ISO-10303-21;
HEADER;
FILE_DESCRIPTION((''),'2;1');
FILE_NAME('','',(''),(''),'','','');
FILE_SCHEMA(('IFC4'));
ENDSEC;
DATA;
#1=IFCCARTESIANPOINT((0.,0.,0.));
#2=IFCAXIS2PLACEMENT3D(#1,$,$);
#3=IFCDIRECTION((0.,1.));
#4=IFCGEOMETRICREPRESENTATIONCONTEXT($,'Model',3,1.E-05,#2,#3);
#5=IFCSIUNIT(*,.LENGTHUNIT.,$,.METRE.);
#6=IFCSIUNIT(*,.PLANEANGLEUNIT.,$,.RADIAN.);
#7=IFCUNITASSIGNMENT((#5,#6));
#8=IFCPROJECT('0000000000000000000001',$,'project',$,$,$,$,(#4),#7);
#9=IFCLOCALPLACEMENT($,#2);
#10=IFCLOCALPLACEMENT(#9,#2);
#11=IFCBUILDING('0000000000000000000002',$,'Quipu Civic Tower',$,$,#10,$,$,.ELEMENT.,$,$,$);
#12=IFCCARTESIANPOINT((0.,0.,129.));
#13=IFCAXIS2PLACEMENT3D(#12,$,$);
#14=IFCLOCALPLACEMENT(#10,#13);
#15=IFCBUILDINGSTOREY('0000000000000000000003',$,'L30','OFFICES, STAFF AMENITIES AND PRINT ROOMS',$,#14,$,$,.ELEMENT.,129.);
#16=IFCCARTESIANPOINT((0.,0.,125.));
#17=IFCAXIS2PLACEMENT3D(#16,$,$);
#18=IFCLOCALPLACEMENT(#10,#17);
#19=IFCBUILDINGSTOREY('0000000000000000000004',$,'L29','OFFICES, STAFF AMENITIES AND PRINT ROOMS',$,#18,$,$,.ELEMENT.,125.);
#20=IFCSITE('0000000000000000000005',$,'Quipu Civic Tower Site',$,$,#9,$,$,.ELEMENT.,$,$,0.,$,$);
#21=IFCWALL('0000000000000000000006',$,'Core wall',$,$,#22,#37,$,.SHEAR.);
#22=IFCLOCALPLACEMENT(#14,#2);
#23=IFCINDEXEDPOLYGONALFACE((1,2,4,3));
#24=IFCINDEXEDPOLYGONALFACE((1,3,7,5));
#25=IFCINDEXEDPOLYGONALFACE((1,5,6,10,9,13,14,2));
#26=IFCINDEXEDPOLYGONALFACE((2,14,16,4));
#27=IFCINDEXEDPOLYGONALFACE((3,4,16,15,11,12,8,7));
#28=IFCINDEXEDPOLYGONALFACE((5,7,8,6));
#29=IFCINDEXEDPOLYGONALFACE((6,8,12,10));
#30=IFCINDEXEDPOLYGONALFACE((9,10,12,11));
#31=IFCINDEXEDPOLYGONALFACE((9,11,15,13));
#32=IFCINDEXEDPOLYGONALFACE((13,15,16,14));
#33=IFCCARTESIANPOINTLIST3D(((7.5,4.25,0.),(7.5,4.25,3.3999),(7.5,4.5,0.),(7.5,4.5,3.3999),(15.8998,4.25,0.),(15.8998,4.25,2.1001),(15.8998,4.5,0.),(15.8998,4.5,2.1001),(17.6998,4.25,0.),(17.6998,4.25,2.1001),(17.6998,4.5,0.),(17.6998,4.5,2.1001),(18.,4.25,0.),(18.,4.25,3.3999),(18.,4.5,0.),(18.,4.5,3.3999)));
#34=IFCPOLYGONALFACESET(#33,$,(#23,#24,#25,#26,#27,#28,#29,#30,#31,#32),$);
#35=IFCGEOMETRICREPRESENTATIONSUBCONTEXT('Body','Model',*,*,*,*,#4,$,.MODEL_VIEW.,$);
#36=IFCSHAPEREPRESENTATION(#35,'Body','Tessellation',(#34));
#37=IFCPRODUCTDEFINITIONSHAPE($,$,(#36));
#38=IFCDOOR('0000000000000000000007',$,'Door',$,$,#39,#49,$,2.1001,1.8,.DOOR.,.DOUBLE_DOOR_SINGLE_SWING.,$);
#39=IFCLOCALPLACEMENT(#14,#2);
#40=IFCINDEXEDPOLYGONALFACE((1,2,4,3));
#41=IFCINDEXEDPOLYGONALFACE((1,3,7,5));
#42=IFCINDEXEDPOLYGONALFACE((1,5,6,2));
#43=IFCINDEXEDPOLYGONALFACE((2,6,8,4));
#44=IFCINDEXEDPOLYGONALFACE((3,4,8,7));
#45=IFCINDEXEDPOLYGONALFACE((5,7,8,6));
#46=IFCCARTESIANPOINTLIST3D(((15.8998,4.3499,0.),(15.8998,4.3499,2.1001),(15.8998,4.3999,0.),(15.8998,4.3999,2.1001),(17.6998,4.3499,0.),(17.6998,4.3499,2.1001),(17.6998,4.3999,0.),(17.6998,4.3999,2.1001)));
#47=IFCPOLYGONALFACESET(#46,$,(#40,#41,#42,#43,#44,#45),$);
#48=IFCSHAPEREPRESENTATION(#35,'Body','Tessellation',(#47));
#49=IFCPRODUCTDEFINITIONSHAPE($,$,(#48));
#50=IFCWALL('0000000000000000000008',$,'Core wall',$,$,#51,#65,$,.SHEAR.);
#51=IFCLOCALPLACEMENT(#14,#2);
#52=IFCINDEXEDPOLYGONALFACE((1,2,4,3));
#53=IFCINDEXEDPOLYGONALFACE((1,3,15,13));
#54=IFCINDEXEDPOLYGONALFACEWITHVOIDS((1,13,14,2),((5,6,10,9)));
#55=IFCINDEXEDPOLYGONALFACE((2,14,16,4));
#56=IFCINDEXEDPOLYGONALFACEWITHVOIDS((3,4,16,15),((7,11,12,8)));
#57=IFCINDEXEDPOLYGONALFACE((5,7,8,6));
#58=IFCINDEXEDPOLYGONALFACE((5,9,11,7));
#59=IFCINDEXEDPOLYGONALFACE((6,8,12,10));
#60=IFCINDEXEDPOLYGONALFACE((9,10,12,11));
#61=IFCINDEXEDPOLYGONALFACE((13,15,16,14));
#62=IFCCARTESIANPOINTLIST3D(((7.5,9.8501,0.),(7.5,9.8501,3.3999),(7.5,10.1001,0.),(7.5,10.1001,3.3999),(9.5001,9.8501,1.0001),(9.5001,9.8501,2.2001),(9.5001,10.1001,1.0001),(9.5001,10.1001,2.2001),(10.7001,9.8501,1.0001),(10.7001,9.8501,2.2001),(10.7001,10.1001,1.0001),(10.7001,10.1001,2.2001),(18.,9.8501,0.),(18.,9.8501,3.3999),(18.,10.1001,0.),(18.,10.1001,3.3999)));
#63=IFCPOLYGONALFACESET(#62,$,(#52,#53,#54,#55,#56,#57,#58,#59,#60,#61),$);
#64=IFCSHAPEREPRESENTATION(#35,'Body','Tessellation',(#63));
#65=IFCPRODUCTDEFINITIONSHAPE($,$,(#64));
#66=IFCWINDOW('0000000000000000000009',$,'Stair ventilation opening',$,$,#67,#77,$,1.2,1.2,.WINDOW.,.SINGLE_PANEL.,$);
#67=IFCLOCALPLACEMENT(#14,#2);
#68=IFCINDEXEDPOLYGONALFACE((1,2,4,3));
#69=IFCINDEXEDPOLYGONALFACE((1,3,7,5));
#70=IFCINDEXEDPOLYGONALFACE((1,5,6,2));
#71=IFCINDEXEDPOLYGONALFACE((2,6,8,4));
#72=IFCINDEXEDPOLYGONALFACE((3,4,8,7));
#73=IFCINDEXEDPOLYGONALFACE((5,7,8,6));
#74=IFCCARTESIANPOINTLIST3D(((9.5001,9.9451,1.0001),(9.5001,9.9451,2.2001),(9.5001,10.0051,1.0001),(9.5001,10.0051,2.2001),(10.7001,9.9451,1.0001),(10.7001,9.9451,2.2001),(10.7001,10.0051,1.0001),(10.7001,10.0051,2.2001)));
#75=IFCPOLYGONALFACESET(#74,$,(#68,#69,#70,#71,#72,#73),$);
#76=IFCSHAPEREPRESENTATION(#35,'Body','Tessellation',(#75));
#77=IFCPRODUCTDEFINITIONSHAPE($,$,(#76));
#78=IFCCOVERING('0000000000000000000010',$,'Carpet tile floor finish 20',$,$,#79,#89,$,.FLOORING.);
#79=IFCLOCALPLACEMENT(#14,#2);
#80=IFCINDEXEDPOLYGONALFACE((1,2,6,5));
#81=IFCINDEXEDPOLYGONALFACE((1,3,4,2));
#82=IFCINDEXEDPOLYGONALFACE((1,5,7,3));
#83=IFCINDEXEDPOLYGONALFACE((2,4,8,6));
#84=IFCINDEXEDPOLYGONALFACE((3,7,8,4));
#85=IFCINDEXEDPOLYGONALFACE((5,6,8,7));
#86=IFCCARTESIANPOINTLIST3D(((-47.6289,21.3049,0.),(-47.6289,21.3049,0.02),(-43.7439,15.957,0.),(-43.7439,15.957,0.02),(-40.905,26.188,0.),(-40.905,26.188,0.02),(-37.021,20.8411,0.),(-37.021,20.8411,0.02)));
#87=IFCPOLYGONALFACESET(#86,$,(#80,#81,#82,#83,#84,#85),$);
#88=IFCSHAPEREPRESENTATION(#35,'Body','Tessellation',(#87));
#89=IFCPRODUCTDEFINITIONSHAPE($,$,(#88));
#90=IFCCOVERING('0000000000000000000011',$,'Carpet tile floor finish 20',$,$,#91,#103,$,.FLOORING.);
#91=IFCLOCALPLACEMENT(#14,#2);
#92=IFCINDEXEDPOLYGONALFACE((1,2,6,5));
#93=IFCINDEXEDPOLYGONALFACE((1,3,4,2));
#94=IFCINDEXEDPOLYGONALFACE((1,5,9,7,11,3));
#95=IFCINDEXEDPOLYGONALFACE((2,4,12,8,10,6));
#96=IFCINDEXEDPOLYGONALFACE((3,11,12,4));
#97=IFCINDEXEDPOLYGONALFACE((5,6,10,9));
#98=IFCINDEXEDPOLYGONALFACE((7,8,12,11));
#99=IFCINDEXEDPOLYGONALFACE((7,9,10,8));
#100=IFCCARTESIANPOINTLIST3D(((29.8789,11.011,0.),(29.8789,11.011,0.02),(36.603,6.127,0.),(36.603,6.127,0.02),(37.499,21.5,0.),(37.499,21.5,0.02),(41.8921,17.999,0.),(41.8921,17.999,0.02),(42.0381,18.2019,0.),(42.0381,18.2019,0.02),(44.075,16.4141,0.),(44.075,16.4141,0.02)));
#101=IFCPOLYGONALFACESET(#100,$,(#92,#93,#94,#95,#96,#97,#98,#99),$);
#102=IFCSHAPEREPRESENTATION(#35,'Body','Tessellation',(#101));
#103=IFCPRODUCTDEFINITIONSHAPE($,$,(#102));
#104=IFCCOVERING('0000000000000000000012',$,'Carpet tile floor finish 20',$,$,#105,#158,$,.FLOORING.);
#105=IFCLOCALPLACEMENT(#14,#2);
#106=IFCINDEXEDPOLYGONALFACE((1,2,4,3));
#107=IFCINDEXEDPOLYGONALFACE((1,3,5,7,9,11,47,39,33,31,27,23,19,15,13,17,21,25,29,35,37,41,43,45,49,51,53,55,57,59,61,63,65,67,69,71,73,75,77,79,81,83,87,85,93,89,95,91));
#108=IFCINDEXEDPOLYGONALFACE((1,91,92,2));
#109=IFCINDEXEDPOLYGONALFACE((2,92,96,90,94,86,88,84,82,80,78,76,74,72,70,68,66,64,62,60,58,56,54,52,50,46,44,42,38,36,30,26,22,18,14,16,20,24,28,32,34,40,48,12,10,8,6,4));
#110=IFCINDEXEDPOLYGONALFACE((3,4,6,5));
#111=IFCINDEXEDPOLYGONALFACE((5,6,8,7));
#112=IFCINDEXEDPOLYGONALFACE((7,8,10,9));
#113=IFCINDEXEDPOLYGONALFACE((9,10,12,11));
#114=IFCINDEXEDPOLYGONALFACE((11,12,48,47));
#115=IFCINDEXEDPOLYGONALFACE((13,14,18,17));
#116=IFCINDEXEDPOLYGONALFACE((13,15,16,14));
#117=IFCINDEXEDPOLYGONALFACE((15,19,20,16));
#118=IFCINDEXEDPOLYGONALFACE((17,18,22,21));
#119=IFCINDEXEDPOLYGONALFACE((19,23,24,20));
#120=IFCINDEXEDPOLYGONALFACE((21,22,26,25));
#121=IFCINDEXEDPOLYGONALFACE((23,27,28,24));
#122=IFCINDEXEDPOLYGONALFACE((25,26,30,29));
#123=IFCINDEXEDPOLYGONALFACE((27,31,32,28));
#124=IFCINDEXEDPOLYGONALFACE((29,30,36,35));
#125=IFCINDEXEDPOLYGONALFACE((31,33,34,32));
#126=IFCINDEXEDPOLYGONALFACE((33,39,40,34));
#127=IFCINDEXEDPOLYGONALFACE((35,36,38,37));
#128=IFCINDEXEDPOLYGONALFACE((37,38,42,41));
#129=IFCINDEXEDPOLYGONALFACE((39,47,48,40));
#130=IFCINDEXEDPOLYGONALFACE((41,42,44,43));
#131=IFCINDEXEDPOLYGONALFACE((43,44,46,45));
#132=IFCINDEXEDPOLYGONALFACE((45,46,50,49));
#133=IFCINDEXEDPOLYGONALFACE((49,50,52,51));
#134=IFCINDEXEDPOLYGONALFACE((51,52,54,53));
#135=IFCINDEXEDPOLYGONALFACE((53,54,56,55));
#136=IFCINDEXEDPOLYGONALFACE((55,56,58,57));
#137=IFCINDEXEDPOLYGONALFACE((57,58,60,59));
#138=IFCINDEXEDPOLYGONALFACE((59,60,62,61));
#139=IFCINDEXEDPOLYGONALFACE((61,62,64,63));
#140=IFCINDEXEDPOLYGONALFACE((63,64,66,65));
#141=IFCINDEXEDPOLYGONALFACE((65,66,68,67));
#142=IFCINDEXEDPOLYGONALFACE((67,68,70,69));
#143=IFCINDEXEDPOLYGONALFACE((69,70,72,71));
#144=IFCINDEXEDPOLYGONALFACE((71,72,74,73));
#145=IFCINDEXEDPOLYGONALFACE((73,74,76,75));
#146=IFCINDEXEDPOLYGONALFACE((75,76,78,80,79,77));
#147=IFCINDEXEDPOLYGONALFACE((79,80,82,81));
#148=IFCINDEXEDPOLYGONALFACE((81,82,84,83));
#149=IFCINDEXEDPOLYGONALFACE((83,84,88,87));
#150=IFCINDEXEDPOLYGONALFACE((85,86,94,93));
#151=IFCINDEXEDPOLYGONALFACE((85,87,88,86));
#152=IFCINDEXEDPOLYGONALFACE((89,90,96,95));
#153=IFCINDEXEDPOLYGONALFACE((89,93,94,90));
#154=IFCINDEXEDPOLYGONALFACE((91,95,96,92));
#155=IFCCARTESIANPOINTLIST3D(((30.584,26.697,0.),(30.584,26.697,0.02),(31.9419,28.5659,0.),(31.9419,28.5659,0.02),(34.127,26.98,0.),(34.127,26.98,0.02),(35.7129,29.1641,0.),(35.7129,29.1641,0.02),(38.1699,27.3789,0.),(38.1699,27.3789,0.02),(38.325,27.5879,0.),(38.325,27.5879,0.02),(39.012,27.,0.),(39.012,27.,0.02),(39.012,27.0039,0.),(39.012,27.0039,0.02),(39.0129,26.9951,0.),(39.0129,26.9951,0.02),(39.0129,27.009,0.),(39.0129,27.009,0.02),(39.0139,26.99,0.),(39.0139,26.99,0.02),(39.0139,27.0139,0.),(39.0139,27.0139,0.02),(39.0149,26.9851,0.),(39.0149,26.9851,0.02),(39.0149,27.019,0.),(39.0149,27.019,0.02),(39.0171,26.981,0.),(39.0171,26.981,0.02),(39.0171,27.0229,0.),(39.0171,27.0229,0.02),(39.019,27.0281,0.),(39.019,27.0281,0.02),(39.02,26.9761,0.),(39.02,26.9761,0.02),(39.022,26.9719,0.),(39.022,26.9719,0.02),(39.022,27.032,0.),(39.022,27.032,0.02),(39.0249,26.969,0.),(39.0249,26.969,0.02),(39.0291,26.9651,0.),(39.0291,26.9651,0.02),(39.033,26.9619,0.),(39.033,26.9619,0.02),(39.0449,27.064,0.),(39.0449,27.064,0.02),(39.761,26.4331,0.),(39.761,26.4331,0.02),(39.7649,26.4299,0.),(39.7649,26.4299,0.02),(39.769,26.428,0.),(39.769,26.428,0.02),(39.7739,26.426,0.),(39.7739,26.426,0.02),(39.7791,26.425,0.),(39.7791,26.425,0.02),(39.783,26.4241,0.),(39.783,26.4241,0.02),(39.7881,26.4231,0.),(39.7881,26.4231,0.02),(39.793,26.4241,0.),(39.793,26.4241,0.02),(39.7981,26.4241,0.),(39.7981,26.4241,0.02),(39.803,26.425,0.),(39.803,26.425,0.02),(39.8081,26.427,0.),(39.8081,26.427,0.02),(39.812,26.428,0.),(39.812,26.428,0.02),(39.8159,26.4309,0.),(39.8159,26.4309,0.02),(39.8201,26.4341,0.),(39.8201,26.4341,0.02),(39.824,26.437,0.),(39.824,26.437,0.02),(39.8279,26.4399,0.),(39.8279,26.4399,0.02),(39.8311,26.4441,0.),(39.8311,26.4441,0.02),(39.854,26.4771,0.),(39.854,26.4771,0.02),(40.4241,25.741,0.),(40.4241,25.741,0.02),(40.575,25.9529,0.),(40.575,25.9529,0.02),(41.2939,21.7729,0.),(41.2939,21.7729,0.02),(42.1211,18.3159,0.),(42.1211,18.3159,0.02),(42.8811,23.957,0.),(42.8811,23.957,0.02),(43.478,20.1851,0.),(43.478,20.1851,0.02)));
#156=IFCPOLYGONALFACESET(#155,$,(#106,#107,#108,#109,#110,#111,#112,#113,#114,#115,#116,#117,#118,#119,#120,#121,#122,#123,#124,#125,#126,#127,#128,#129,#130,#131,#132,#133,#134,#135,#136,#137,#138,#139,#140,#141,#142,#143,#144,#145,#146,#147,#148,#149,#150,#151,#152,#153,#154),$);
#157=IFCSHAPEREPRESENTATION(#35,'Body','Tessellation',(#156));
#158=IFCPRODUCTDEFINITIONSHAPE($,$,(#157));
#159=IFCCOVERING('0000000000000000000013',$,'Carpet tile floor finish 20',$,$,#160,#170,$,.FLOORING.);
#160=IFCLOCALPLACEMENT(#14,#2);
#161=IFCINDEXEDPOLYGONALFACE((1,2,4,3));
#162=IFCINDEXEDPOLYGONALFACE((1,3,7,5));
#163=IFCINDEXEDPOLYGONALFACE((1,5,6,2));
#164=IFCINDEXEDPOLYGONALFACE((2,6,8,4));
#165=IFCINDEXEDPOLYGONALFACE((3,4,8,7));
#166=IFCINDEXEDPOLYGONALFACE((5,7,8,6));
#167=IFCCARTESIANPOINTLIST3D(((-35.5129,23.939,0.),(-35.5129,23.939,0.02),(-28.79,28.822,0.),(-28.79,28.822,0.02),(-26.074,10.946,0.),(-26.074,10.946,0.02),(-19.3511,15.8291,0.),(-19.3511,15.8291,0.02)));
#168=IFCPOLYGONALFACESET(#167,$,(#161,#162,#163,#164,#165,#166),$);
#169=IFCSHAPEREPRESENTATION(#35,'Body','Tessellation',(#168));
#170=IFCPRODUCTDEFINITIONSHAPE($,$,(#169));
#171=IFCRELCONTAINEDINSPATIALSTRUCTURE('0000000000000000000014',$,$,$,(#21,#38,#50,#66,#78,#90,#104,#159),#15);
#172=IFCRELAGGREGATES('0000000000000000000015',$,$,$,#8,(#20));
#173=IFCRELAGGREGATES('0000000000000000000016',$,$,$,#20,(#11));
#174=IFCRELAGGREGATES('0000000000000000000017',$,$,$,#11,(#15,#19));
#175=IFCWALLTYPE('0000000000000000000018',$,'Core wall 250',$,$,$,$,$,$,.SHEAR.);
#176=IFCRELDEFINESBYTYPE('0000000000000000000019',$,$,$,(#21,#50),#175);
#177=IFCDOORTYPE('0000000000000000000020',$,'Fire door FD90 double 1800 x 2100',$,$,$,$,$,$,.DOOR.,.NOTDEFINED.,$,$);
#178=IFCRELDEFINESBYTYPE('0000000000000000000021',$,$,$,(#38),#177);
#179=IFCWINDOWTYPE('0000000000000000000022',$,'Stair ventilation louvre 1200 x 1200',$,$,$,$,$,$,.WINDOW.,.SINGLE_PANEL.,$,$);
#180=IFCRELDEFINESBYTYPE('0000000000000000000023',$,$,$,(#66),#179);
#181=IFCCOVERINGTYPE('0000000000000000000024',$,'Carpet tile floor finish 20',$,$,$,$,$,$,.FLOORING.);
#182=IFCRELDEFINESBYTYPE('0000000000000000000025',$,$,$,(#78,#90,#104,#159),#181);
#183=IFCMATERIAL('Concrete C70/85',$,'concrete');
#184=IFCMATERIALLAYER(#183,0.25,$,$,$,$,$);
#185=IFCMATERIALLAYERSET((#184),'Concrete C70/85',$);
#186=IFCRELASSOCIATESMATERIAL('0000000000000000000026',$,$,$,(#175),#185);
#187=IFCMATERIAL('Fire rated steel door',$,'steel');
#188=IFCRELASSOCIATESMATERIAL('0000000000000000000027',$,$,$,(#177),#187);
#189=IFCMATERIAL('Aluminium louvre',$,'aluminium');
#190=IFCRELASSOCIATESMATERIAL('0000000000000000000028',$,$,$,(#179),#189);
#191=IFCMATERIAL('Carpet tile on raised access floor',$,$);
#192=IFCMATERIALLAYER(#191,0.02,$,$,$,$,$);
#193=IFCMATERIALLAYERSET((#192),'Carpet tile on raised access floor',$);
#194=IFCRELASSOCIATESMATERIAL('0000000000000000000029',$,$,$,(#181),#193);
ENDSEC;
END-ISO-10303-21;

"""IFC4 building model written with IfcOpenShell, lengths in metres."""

from ifc_helpers import new_model, si_unit, direction, frame, frame_2d, origin, place, context, subcontext, project, spatial, polyline, rectangle, outline, extrude, material, layer, layer_set, type_object, element, fill, save


model = new_model("IFC4")

# Units and contexts
model_context = context("Model", 3, precision=1e-05, world=origin(), true_north=direction((0.0, 1.0)))
body_context = subcontext(model_context, "Body", "Model", "MODEL_VIEW")
ifc_project = project(units=[si_unit("LENGTHUNIT", "METRE"), si_unit("PLANEANGLEUNIT", "RADIAN")], contexts=[model_context])

# Site, building, storey
site_placement = place(None, origin())
site = spatial("IfcSite", under=ifc_project, at=site_placement, Name="Quipu Civic Tower Site", CompositionType="ELEMENT", RefElevation=0.0)
building_placement = place(site_placement, origin())
building = spatial("IfcBuilding", under=site, at=building_placement, Name="Quipu Civic Tower", CompositionType="ELEMENT")
storey_1_placement = place(building_placement, frame((0.0, 0.0, 129.0)))
storey_1 = spatial("IfcBuildingStorey", under=building, at=storey_1_placement, Name="L30", Description="OFFICES, STAFF AMENITIES AND PRINT ROOMS", CompositionType="ELEMENT", Elevation=129.0)

# Shared definitions
storey_2_placement = place(building_placement, frame((0.0, 0.0, 125.0)))
storey_2 = spatial("IfcBuildingStorey", under=building, at=storey_2_placement, Name="L29", Description="OFFICES, STAFF AMENITIES AND PRINT ROOMS", CompositionType="ELEMENT", Elevation=125.0)

# Wall, opening, door
ifc_material_1 = material(Name="Concrete C70/85", Category="concrete")
ifc_layer_1 = layer(ifc_material_1, 0.25)
ifc_layer_set_1 = layer_set([ifc_layer_1], Name="Concrete C70/85")
wall_type_1 = type_object("IfcWallType", Name="Core wall 250", PredefinedType="SHEAR", material=ifc_layer_set_1)
wall_1_placement = place(storey_1_placement, frame((7.5, 4.375, 0.0), z_axis=(0.0, 0.0, 1.0), x_axis=(1.0, 0.0, 0.0)))
wall_1 = element("IfcWall", 1, at=wall_1_placement, inside=storey_1, type_object=wall_type_1, Name="Core wall", PredefinedType="SHEAR", context=body_context, shape_type="SweptSolid", body=[
    extrude(rectangle(XDim=10.5, YDim=0.25, at=frame_2d((5.25, 0.0))), origin(), (0.0, 0.0, 1.0), 3.3999),
])
opening_1_placement = place(wall_1_placement, frame((8.3999, 0.0, 0.0)))
opening_1 = element("IfcOpeningElement", 2, at=opening_1_placement, cuts=wall_1, PredefinedType="OPENING", context=body_context, shape_type="SweptSolid", body=[
    extrude(rectangle(XDim=1.8, YDim=2.1001, at=frame_2d((0.8999, 1.05))), frame((0.0, 0.135, 0.0), z_axis=(0.0, -1.0, 0.0), x_axis=(1.0, 0.0, 0.0)), (0.0, 0.0, 1.0), 0.27),
])
ifc_material_2 = material(Name="Fire rated steel door", Category="steel")
door_type = type_object("IfcDoorType", Name="Fire door FD90 double 1800 x 2100", OperationType="NOTDEFINED", PredefinedType="DOOR", material=ifc_material_2)
door_placement = place(opening_1_placement, origin())
door = element("IfcDoor", 3, at=door_placement, inside=storey_1, type_object=door_type, Name="Door", OperationType="DOUBLE_DOOR_SINGLE_SWING", OverallHeight=2.1001, OverallWidth=1.8, PredefinedType="DOOR", context=body_context, shape_type="SweptSolid", body=[
    extrude(rectangle(XDim=1.8, YDim=2.1001, at=frame_2d((0.8999, 1.05))), frame((0.0, 0.0249, 0.0), z_axis=(0.0, -1.0, 0.0), x_axis=(1.0, 0.0, 0.0)), (0.0, 0.0, 1.0), 0.05),
])
fill(opening_1, door)

# Wall, opening, window
wall_2_placement = place(storey_1_placement, frame((7.5, 9.9751, 0.0), z_axis=(0.0, 0.0, 1.0), x_axis=(1.0, 0.0, 0.0)))
wall_2 = element("IfcWall", 4, at=wall_2_placement, inside=storey_1, type_object=wall_type_1, Name="Core wall", PredefinedType="SHEAR", context=body_context, shape_type="SweptSolid", body=[
    extrude(rectangle(XDim=10.5, YDim=0.25, at=frame_2d((5.25, 0.0))), origin(), (0.0, 0.0, 1.0), 3.3999),
])
opening_2_placement = place(wall_2_placement, frame((2.0, 0.0, 1.0)))
opening_2 = element("IfcOpeningElement", 5, at=opening_2_placement, cuts=wall_2, PredefinedType="OPENING", context=body_context, shape_type="SweptSolid", body=[
    extrude(rectangle(XDim=1.2, YDim=1.2, at=frame_2d((0.6001, 0.6001))), frame((0.0, 0.135, 0.0), z_axis=(0.0, -1.0, 0.0), x_axis=(1.0, 0.0, 0.0)), (0.0, 0.0, 1.0), 0.27),
])
ifc_material_3 = material(Name="Aluminium louvre", Category="aluminium")
window_type = type_object("IfcWindowType", Name="Stair ventilation louvre 1200 x 1200", PartitioningType="SINGLE_PANEL", PredefinedType="WINDOW", material=ifc_material_3)
window_placement = place(opening_2_placement, origin())
window = element("IfcWindow", 6, at=window_placement, inside=storey_1, type_object=window_type, Name="Stair ventilation opening", OverallHeight=1.2, OverallWidth=1.2, PartitioningType="SINGLE_PANEL", PredefinedType="WINDOW", context=body_context, shape_type="SweptSolid", body=[
    extrude(rectangle(XDim=1.2, YDim=1.2, at=frame_2d((0.6001, 0.6001))), frame((0.0, 0.03, 0.0), z_axis=(0.0, -1.0, 0.0), x_axis=(1.0, 0.0, 0.0)), (0.0, 0.0, 1.0), 0.0601),
])
fill(opening_2, window)

# Coverings
ifc_material_4 = material(Name="Carpet tile on raised access floor")
ifc_layer_2 = layer(ifc_material_4, 0.02)
ifc_layer_set_2 = layer_set([ifc_layer_2], Name="Carpet tile on raised access floor")
covering_type_1 = type_object("IfcCoveringType", Name="Carpet tile floor finish 20", PredefinedType="FLOORING", material=ifc_layer_set_2)
covering_1_placement = place(storey_1_placement, origin())
element("IfcCovering", 7, at=covering_1_placement, inside=storey_1, type_object=covering_type_1, Name="Carpet tile floor finish 20", PredefinedType="FLOORING", context=body_context, shape_type="SweptSolid", body=[
    extrude(outline(polyline([(-47.6289, 21.3049), (-40.905, 26.188), (-37.021, 20.8411), (-43.7439, 15.957), (-47.6289, 21.3049)])), origin(), (0.0, 0.0, 1.0), 0.02),
])
covering_2_placement = place(storey_1_placement, origin())
element("IfcCovering", 8, at=covering_2_placement, inside=storey_1, type_object=covering_type_1, Name="Carpet tile floor finish 20", PredefinedType="FLOORING", context=body_context, shape_type="SweptSolid", body=[
    extrude(outline(polyline([(29.8789, 11.011), (37.499, 21.5), (42.0381, 18.2019), (41.8921, 17.999), (44.075, 16.4141), (36.603, 6.127), (29.8789, 11.011)])), origin(), (0.0, 0.0, 1.0), 0.02),
])
covering_3_placement = place(storey_1_placement, origin())
element("IfcCovering", 9, at=covering_3_placement, inside=storey_1, type_object=covering_type_1, Name="Carpet tile floor finish 20", PredefinedType="FLOORING", context=body_context, shape_type="SweptSolid", body=[
    extrude(outline(polyline([(30.584, 26.697), (31.9419, 28.5659), (34.127, 26.98), (35.7129, 29.1641), (38.1699, 27.3789), (38.325, 27.5879), (39.0449, 27.064), (39.022, 27.032), (39.019, 27.0281), (39.0171, 27.0229), (39.0149, 27.019), (39.0139, 27.0139), (39.0129, 27.009), (39.012, 27.0039), (39.012, 27.0), (39.0129, 26.9951), (39.0139, 26.99), (39.0149, 26.9851), (39.0171, 26.981), (39.02, 26.9761), (39.022, 26.9719), (39.0249, 26.969), (39.0291, 26.9651), (39.033, 26.9619), (39.761, 26.4331), (39.7649, 26.4299), (39.769, 26.428), (39.7739, 26.426), (39.7791, 26.425), (39.783, 26.4241), (39.7881, 26.4231), (39.793, 26.4241), (39.7981, 26.4241), (39.803, 26.425), (39.8081, 26.427), (39.812, 26.428), (39.8159, 26.4309), (39.8201, 26.4341), (39.824, 26.437), (39.8279, 26.4399), (39.8311, 26.4441), (39.854, 26.4771), (40.575, 25.9529), (40.4241, 25.741), (42.8811, 23.957), (41.2939, 21.7729), (43.478, 20.1851), (42.1211, 18.3159), (30.584, 26.697)])), origin(), (0.0, 0.0, 1.0), 0.02),
])
covering_4_placement = place(storey_1_placement, origin())
element("IfcCovering", 10, at=covering_4_placement, inside=storey_1, type_object=covering_type_1, Name="Carpet tile floor finish 20", PredefinedType="FLOORING", context=body_context, shape_type="SweptSolid", body=[
    extrude(outline(polyline([(-35.5129, 23.939), (-28.79, 28.822), (-19.3511, 15.8291), (-26.074, 10.946), (-35.5129, 23.939)])), origin(), (0.0, 0.0, 1.0), 0.02),
])

save(model, "model.ifc")
